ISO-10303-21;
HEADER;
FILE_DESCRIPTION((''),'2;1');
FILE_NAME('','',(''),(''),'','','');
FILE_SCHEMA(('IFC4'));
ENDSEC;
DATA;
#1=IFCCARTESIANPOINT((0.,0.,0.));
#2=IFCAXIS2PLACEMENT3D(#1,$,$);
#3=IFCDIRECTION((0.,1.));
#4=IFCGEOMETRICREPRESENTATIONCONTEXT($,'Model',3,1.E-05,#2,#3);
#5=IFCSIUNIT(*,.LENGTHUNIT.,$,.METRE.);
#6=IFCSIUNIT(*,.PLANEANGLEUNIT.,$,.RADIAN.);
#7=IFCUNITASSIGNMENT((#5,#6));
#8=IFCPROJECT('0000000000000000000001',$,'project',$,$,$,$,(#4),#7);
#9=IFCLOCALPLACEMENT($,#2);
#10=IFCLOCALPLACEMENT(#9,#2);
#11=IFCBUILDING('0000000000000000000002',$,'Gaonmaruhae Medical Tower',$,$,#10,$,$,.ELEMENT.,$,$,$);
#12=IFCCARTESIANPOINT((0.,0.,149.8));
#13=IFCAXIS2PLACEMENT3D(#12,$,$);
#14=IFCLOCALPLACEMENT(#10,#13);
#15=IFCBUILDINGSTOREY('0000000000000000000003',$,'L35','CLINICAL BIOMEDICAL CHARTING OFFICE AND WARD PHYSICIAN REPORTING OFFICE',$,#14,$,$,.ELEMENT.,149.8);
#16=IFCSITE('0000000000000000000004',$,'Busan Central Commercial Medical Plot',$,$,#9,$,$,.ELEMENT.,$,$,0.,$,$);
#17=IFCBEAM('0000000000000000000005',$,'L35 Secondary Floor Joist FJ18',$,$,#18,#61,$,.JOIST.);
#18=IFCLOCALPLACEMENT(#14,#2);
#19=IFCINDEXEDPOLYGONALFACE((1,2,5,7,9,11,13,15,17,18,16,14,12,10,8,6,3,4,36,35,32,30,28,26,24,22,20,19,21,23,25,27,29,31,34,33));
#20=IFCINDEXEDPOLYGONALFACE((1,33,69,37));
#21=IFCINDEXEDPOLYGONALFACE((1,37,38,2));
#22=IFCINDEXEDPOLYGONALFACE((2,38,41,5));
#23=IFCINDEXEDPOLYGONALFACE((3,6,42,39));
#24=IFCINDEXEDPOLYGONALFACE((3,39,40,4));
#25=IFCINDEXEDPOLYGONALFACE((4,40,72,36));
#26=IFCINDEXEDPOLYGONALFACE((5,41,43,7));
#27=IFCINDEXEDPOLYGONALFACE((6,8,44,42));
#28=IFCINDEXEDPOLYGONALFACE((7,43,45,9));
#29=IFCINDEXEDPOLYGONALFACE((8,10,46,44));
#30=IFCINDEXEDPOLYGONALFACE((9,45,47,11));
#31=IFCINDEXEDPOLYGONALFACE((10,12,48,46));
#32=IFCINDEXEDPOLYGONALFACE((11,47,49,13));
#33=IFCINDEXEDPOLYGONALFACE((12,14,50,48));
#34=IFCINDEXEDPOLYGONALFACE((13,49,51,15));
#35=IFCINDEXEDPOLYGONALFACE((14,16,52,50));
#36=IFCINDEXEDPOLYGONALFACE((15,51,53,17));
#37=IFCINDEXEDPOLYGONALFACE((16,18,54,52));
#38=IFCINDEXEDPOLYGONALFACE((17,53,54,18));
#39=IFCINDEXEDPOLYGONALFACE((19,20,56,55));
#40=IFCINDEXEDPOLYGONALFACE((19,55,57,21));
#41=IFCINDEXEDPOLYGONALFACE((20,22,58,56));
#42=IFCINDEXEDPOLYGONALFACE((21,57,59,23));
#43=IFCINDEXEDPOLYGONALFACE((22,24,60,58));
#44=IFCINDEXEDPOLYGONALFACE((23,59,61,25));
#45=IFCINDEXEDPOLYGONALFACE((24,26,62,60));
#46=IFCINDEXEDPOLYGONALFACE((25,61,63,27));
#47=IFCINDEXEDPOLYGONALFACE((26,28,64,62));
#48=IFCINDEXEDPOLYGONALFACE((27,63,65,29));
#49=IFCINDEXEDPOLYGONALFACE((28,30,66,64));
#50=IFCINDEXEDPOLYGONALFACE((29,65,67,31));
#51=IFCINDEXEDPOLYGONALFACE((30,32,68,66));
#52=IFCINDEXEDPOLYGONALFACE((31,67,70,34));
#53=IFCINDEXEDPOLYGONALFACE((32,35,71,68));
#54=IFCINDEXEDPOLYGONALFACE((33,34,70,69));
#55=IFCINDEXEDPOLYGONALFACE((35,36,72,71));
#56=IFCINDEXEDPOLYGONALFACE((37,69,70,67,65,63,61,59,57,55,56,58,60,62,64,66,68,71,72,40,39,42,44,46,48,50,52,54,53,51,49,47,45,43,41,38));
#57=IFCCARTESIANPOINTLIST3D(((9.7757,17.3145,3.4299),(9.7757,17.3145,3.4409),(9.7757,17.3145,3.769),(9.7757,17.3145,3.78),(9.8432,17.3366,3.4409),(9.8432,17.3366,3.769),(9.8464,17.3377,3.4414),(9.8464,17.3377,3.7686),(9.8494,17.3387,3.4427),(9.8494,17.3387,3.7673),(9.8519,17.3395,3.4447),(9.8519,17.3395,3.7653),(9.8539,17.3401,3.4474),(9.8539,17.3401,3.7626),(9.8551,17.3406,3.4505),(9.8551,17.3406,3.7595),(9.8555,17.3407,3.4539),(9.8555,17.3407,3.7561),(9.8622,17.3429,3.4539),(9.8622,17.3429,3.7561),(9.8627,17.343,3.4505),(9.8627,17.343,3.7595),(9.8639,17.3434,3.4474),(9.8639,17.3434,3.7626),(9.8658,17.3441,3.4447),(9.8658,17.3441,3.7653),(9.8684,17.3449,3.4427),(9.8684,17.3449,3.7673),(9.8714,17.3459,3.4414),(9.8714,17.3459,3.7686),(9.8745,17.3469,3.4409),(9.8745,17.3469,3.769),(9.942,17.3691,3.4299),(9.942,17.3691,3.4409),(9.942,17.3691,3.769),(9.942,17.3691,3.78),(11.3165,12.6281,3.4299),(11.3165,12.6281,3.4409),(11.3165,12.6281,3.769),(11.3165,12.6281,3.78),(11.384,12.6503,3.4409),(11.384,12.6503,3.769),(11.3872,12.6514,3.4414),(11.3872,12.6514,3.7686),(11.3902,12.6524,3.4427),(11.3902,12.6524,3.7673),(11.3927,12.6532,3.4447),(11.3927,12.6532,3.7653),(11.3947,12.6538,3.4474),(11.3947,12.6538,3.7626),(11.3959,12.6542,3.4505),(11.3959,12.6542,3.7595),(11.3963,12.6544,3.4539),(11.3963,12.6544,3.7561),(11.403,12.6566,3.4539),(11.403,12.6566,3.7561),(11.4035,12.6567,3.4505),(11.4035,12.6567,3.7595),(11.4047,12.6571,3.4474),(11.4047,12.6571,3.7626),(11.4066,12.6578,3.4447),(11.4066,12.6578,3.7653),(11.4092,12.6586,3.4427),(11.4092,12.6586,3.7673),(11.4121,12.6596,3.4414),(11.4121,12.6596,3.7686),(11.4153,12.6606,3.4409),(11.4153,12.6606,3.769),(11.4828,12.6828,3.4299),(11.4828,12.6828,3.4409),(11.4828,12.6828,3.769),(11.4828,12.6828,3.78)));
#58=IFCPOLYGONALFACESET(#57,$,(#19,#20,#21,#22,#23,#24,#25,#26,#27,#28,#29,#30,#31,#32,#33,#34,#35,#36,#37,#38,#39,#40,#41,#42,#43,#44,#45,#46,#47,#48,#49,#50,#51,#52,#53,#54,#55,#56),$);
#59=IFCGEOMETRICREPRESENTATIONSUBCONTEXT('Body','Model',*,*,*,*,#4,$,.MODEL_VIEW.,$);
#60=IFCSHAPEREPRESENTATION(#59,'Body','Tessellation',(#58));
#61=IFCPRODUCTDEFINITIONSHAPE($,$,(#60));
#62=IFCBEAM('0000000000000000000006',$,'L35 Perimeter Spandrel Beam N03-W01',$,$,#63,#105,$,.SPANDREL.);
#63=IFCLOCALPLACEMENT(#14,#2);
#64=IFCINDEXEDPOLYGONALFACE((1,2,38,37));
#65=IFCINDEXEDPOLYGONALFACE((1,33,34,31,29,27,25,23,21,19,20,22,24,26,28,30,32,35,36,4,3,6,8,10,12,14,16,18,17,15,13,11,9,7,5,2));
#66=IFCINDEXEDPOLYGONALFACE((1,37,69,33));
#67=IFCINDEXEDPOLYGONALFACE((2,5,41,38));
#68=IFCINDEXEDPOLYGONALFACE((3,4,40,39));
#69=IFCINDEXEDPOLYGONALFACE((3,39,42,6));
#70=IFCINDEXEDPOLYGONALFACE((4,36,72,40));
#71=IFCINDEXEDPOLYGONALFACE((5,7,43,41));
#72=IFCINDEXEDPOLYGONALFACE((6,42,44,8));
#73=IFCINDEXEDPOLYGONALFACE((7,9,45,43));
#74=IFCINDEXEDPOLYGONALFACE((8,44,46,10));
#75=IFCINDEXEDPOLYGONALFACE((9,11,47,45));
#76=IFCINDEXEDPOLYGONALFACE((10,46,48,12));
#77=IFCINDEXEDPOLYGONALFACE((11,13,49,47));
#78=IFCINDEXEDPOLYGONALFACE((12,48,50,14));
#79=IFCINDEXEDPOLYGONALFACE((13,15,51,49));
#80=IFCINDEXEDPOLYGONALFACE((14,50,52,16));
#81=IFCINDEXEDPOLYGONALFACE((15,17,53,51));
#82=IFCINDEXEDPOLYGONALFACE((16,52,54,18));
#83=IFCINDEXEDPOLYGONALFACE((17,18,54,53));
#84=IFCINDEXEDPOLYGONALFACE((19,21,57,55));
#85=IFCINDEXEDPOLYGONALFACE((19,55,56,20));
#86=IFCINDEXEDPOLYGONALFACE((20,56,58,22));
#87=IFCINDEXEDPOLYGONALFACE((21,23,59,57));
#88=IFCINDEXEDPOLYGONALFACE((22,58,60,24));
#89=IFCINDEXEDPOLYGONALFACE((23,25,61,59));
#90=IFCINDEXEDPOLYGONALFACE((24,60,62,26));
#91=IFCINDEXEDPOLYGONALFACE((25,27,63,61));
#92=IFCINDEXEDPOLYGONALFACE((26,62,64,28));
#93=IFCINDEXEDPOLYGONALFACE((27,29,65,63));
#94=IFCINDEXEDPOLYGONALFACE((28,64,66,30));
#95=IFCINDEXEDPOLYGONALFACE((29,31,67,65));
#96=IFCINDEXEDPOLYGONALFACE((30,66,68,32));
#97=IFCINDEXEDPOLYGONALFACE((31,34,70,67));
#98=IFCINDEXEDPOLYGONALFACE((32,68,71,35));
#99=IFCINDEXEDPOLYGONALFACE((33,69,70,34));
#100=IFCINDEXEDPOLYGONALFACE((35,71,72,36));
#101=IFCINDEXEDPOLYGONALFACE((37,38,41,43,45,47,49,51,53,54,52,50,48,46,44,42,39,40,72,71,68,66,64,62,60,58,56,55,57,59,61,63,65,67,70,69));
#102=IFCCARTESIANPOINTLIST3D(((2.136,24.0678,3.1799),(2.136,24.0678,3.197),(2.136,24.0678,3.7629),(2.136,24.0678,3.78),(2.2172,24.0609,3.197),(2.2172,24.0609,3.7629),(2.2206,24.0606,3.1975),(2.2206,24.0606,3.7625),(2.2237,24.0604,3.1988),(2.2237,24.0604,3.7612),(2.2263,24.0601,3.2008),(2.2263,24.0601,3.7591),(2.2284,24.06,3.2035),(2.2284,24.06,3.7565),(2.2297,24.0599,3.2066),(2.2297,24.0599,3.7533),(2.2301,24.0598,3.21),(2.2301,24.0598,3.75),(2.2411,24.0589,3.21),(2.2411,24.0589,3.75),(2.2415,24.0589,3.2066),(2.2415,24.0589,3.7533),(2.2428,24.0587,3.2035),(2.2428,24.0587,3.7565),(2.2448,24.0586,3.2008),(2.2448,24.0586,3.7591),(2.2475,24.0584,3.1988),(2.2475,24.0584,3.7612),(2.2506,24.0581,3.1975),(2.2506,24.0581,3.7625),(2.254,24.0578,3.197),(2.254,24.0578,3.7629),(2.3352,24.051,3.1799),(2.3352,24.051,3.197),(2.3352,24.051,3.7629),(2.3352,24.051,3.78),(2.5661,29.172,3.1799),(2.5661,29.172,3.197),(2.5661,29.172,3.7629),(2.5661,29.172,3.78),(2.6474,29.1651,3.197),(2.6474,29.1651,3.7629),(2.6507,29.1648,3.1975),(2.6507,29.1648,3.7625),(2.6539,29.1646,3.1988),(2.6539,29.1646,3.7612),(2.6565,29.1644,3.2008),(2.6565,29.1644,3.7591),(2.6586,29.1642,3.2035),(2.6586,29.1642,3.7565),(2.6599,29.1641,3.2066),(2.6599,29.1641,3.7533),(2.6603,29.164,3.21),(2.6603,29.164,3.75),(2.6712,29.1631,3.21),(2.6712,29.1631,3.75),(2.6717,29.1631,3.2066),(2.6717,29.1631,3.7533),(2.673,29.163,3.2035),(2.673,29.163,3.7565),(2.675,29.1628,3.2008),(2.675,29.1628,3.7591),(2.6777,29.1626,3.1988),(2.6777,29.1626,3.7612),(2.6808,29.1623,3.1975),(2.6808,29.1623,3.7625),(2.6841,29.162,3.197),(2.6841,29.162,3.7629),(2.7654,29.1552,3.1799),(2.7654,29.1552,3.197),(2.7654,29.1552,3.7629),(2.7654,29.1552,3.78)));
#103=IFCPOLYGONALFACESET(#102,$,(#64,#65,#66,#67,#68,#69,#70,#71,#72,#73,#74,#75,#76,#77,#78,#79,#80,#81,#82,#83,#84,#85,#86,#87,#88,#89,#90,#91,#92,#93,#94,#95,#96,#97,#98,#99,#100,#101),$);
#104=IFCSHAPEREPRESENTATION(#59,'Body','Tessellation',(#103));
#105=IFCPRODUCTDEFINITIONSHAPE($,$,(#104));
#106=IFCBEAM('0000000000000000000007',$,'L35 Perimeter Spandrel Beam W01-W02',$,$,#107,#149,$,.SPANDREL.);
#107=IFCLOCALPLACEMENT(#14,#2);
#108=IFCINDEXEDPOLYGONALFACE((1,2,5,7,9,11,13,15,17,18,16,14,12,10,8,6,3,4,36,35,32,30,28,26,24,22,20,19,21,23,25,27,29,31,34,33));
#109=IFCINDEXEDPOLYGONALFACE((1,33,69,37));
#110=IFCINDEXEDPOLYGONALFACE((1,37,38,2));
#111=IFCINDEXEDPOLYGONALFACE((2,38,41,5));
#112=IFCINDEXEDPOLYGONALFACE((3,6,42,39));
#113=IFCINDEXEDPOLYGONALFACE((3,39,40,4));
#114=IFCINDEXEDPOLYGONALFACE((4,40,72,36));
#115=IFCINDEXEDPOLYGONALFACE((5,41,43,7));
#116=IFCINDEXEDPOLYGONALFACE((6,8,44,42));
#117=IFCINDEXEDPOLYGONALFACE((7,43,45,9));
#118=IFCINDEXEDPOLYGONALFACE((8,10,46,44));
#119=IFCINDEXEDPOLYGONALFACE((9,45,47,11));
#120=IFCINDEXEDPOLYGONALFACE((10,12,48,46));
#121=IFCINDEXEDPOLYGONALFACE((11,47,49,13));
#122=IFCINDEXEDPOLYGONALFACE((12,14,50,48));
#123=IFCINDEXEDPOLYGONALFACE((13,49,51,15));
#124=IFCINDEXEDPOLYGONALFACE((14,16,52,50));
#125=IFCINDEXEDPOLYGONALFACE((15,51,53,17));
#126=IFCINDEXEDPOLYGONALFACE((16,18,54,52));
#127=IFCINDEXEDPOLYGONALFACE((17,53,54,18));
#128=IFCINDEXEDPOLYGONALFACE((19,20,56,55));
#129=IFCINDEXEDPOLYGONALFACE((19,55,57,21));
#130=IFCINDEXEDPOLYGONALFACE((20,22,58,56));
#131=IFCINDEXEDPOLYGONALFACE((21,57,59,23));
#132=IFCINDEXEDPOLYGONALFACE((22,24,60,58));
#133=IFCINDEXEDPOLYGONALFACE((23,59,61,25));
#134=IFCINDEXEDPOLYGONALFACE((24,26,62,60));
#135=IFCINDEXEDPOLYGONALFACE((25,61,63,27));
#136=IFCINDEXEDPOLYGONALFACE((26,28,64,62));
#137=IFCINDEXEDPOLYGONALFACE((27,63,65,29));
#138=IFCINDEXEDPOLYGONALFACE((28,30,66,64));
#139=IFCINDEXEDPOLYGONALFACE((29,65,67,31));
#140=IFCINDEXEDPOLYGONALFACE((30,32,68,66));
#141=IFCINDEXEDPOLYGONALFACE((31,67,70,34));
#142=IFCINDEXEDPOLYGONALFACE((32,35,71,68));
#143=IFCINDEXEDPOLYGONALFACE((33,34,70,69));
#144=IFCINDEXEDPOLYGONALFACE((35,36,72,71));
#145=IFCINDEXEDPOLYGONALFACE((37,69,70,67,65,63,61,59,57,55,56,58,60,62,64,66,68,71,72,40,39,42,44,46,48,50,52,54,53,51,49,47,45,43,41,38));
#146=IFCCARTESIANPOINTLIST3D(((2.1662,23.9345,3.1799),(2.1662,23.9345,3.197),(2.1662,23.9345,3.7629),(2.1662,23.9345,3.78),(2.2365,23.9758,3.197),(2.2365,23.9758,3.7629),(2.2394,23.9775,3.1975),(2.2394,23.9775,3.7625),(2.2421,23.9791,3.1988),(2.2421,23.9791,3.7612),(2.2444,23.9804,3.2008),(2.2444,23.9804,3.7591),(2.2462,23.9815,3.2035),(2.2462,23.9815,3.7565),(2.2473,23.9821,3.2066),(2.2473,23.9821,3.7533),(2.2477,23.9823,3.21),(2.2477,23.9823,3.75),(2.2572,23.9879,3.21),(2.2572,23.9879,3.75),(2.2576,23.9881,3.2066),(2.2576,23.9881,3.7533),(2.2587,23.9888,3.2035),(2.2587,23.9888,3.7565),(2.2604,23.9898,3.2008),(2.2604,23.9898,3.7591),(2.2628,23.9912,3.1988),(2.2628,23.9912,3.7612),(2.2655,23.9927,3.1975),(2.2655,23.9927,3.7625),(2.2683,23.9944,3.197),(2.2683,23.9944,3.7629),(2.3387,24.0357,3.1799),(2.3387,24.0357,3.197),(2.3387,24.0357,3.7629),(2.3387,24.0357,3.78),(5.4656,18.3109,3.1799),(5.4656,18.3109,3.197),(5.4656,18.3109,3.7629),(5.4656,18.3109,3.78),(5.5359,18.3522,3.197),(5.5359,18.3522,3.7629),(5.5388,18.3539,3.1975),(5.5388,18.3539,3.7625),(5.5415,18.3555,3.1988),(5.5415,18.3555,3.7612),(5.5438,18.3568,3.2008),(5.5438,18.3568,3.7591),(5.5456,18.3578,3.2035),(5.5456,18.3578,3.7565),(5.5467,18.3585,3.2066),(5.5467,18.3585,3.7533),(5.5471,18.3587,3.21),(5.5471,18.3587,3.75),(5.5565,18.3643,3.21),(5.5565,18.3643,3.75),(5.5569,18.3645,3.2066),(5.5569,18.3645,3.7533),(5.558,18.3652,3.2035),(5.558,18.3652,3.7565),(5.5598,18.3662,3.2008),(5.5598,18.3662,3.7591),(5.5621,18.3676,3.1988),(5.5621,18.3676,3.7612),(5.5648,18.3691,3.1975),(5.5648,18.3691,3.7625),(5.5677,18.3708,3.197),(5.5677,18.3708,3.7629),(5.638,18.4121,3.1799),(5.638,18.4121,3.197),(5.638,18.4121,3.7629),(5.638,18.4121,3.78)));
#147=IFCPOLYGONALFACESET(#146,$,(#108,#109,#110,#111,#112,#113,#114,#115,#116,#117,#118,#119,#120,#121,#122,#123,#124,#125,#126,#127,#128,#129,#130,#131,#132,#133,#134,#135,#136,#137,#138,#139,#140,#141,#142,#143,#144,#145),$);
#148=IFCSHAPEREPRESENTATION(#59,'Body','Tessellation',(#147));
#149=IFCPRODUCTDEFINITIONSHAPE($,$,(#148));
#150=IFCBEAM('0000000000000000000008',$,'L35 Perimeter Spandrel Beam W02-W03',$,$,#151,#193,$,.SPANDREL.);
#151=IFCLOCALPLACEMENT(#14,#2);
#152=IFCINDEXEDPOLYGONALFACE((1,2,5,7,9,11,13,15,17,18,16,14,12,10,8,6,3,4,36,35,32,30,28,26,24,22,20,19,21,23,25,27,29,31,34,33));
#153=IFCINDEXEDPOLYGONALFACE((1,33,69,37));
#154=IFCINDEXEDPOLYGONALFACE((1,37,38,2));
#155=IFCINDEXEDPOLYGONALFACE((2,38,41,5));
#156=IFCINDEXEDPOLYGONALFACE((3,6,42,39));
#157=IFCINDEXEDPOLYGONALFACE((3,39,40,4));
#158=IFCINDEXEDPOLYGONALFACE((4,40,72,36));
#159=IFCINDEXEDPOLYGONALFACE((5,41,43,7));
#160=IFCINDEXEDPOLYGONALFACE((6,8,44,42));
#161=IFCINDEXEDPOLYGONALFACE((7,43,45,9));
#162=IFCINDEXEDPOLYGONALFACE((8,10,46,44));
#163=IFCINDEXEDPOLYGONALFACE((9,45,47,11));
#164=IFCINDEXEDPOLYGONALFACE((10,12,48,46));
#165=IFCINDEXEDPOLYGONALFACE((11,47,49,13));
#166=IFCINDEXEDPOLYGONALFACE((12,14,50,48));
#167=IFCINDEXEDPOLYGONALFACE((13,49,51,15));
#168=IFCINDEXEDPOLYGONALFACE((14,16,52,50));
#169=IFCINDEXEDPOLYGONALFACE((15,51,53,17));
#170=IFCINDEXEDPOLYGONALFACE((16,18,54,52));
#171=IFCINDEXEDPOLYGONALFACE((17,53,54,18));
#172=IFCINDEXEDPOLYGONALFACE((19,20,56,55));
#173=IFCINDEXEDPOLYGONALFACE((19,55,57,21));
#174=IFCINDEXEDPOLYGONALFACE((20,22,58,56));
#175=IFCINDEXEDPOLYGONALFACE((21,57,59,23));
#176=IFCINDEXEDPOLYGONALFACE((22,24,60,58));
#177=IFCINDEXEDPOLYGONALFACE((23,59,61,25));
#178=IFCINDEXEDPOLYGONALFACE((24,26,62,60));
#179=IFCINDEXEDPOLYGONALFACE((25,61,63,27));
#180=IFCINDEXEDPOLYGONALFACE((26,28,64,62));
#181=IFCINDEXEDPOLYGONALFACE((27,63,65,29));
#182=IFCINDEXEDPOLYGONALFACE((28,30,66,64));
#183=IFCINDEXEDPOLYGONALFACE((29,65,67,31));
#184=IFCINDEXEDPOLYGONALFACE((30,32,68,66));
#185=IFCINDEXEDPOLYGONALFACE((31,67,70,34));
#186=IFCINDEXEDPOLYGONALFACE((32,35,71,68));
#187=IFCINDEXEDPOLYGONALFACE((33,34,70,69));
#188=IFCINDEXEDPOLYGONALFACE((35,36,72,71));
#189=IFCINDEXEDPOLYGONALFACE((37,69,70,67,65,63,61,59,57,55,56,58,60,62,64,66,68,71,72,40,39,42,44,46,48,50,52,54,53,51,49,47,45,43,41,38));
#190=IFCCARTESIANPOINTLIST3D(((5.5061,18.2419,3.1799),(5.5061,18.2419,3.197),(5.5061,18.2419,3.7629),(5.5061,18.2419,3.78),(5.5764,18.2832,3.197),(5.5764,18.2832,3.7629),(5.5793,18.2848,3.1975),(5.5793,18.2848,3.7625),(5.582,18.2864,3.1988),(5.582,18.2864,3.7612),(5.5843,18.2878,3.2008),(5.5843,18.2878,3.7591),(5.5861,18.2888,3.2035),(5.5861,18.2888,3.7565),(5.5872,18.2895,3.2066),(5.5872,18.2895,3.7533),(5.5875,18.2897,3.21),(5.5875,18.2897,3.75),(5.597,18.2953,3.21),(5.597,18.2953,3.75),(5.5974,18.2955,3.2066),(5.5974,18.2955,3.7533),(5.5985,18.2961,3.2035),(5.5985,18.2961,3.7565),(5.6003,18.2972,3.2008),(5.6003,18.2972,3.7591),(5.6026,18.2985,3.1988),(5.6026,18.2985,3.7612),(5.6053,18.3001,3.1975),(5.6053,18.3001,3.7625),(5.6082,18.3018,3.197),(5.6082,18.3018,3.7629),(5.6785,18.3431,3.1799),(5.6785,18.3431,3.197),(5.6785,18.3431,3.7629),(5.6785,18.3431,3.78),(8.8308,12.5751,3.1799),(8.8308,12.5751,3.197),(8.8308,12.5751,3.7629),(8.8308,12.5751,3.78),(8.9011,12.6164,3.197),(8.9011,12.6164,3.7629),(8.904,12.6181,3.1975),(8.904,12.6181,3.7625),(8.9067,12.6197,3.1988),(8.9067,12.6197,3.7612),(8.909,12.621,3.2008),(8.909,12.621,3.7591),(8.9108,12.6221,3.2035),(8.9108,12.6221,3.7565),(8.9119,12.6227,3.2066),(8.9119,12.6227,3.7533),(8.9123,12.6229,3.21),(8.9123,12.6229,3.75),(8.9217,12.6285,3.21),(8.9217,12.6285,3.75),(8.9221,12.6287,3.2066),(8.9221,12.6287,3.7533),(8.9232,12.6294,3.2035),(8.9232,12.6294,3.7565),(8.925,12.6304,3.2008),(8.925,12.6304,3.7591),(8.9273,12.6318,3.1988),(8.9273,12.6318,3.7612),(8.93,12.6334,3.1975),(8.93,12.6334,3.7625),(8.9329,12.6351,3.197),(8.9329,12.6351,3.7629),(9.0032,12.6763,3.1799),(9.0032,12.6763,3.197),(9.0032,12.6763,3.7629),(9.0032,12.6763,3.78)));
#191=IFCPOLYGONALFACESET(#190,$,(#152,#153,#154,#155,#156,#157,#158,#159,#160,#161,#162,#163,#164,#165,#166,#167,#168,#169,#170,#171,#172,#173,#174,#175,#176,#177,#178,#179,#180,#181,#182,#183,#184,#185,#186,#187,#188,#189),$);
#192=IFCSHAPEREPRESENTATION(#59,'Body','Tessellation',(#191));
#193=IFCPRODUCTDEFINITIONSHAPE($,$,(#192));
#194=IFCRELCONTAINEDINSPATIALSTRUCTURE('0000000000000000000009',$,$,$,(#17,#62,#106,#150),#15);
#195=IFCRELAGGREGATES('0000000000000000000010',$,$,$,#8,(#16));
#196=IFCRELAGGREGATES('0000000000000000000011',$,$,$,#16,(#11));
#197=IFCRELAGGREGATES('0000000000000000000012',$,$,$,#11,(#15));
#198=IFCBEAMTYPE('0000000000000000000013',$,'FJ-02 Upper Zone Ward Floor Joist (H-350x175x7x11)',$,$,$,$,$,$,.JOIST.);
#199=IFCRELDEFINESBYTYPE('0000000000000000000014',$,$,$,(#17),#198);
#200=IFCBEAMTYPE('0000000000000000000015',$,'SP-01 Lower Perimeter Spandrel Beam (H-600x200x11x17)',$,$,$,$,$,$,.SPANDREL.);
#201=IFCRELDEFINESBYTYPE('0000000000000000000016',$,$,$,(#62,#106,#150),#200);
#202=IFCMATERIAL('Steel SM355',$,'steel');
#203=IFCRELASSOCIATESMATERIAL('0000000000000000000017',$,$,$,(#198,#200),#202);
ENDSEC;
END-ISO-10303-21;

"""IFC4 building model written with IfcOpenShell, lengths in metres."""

from ifc_helpers import new_model, si_unit, direction, frame, origin, origin_2d, place, context, subcontext, project, spatial, i_section, extrude, material, material_profile, profile_set, type_object, element, save


model = new_model("IFC4")

# Units and contexts
model_context = context("Model", 3, precision=1e-05, world=origin(), true_north=direction((0.0, 1.0)))
body_context = subcontext(model_context, "Body", "Model", "MODEL_VIEW")
ifc_project = project(units=[si_unit("LENGTHUNIT", "METRE"), si_unit("PLANEANGLEUNIT", "RADIAN")], contexts=[model_context])

# Site, building, storey
site_placement = place(None, origin())
site = spatial("IfcSite", under=ifc_project, at=site_placement, Name="Busan Central Commercial Medical Plot", CompositionType="ELEMENT", RefElevation=0.0)
building_placement = place(site_placement, origin())
building = spatial("IfcBuilding", under=site, at=building_placement, Name="Gaonmaruhae Medical Tower", CompositionType="ELEMENT")
storey_placement = place(building_placement, frame((0.0, 0.0, 149.8)))
storey = spatial("IfcBuildingStorey", under=building, at=storey_placement, Name="L35", Description="CLINICAL BIOMEDICAL CHARTING OFFICE AND WARD PHYSICIAN REPORTING OFFICE", CompositionType="ELEMENT", Elevation=149.8)

# Beams
ifc_material_1 = material(Name="Steel SM355", Category="steel")
ifc_material_profile_1 = material_profile(ifc_material_1, i_section(OverallWidth=0.175, OverallDepth=0.3501, WebThickness=0.0071, FlangeThickness=0.011, FilletRadius=0.0129, at=origin_2d()), Name="H-350x175x7x11")
ifc_profile_set_1 = profile_set([ifc_material_profile_1], Name="Steel SM355")
beam_type_1 = type_object("IfcBeamType", Name="FJ-02 Upper Zone Ward Floor Joist (H-350x175x7x11)", PredefinedType="JOIST", material=ifc_profile_set_1)
beam_1_placement = place(storey_placement, frame((9.8589, 17.3418, 3.605), z_axis=(0.312335, -0.949972, 0.0), x_axis=(0.949972, 0.312335, 0.0)))
element("IfcBeam", 1, at=beam_1_placement, inside=storey, type_object=beam_type_1, Name="L35 Secondary Floor Joist FJ18", PredefinedType="JOIST", context=body_context, shape_type="SweptSolid", body=[
    extrude(i_section(OverallWidth=0.175, OverallDepth=0.3501, WebThickness=0.0071, FlangeThickness=0.011, FilletRadius=0.0129, at=origin_2d()), origin(), (0.0, 0.0, 1.0), 4.9331),
])
ifc_material_profile_2 = material_profile(ifc_material_1, i_section(OverallWidth=0.2, OverallDepth=0.6001, WebThickness=0.011, FlangeThickness=0.0171, FilletRadius=0.0129, at=origin_2d()), Name="H-600x200x11x17")
ifc_profile_set_2 = profile_set([ifc_material_profile_2], Name="Steel SM355")
beam_type_2 = type_object("IfcBeamType", Name="SP-01 Lower Perimeter Spandrel Beam (H-600x200x11x17)", PredefinedType="SPANDREL", material=ifc_profile_set_2)
beam_2_placement = place(storey_placement, frame((2.6658, 29.1636, 3.48), z_axis=(-0.08398, -0.996467, 0.0), x_axis=(0.996467, -0.08398, 0.0)))
element("IfcBeam", 2, at=beam_2_placement, inside=storey, type_object=beam_type_2, Name="L35 Perimeter Spandrel Beam N03-W01", PredefinedType="SPANDREL", context=body_context, shape_type="SweptSolid", body=[
    extrude(i_section(OverallWidth=0.2, OverallDepth=0.6001, WebThickness=0.011, FlangeThickness=0.0171, FilletRadius=0.0129, at=origin_2d()), origin(), (0.0, 0.0, 1.0), 5.1223),
])
beam_3_placement = place(storey_placement, frame((2.2524, 23.9851, 3.48), z_axis=(0.506035, -0.862513, 0.0), x_axis=(0.862513, 0.506035, 0.0)))
element("IfcBeam", 3, at=beam_3_placement, inside=storey, type_object=beam_type_2, Name="L35 Perimeter Spandrel Beam W01-W02", PredefinedType="SPANDREL", context=body_context, shape_type="SweptSolid", body=[
    extrude(i_section(OverallWidth=0.2, OverallDepth=0.6001, WebThickness=0.011, FlangeThickness=0.0171, FilletRadius=0.0129, at=origin_2d()), origin(), (0.0, 0.0, 1.0), 6.52),
])
beam_4_placement = place(storey_placement, frame((5.5923, 18.2925, 3.48), z_axis=(0.506039, -0.862511, 0.0), x_axis=(0.862511, 0.506039, 0.0)))
element("IfcBeam", 4, at=beam_4_placement, inside=storey, type_object=beam_type_2, Name="L35 Perimeter Spandrel Beam W02-W03", PredefinedType="SPANDREL", context=body_context, shape_type="SweptSolid", body=[
    extrude(i_section(OverallWidth=0.2, OverallDepth=0.6001, WebThickness=0.011, FlangeThickness=0.0171, FilletRadius=0.0129, at=origin_2d()), origin(), (0.0, 0.0, 1.0), 6.5701),
])

save(model, "model.ifc")
